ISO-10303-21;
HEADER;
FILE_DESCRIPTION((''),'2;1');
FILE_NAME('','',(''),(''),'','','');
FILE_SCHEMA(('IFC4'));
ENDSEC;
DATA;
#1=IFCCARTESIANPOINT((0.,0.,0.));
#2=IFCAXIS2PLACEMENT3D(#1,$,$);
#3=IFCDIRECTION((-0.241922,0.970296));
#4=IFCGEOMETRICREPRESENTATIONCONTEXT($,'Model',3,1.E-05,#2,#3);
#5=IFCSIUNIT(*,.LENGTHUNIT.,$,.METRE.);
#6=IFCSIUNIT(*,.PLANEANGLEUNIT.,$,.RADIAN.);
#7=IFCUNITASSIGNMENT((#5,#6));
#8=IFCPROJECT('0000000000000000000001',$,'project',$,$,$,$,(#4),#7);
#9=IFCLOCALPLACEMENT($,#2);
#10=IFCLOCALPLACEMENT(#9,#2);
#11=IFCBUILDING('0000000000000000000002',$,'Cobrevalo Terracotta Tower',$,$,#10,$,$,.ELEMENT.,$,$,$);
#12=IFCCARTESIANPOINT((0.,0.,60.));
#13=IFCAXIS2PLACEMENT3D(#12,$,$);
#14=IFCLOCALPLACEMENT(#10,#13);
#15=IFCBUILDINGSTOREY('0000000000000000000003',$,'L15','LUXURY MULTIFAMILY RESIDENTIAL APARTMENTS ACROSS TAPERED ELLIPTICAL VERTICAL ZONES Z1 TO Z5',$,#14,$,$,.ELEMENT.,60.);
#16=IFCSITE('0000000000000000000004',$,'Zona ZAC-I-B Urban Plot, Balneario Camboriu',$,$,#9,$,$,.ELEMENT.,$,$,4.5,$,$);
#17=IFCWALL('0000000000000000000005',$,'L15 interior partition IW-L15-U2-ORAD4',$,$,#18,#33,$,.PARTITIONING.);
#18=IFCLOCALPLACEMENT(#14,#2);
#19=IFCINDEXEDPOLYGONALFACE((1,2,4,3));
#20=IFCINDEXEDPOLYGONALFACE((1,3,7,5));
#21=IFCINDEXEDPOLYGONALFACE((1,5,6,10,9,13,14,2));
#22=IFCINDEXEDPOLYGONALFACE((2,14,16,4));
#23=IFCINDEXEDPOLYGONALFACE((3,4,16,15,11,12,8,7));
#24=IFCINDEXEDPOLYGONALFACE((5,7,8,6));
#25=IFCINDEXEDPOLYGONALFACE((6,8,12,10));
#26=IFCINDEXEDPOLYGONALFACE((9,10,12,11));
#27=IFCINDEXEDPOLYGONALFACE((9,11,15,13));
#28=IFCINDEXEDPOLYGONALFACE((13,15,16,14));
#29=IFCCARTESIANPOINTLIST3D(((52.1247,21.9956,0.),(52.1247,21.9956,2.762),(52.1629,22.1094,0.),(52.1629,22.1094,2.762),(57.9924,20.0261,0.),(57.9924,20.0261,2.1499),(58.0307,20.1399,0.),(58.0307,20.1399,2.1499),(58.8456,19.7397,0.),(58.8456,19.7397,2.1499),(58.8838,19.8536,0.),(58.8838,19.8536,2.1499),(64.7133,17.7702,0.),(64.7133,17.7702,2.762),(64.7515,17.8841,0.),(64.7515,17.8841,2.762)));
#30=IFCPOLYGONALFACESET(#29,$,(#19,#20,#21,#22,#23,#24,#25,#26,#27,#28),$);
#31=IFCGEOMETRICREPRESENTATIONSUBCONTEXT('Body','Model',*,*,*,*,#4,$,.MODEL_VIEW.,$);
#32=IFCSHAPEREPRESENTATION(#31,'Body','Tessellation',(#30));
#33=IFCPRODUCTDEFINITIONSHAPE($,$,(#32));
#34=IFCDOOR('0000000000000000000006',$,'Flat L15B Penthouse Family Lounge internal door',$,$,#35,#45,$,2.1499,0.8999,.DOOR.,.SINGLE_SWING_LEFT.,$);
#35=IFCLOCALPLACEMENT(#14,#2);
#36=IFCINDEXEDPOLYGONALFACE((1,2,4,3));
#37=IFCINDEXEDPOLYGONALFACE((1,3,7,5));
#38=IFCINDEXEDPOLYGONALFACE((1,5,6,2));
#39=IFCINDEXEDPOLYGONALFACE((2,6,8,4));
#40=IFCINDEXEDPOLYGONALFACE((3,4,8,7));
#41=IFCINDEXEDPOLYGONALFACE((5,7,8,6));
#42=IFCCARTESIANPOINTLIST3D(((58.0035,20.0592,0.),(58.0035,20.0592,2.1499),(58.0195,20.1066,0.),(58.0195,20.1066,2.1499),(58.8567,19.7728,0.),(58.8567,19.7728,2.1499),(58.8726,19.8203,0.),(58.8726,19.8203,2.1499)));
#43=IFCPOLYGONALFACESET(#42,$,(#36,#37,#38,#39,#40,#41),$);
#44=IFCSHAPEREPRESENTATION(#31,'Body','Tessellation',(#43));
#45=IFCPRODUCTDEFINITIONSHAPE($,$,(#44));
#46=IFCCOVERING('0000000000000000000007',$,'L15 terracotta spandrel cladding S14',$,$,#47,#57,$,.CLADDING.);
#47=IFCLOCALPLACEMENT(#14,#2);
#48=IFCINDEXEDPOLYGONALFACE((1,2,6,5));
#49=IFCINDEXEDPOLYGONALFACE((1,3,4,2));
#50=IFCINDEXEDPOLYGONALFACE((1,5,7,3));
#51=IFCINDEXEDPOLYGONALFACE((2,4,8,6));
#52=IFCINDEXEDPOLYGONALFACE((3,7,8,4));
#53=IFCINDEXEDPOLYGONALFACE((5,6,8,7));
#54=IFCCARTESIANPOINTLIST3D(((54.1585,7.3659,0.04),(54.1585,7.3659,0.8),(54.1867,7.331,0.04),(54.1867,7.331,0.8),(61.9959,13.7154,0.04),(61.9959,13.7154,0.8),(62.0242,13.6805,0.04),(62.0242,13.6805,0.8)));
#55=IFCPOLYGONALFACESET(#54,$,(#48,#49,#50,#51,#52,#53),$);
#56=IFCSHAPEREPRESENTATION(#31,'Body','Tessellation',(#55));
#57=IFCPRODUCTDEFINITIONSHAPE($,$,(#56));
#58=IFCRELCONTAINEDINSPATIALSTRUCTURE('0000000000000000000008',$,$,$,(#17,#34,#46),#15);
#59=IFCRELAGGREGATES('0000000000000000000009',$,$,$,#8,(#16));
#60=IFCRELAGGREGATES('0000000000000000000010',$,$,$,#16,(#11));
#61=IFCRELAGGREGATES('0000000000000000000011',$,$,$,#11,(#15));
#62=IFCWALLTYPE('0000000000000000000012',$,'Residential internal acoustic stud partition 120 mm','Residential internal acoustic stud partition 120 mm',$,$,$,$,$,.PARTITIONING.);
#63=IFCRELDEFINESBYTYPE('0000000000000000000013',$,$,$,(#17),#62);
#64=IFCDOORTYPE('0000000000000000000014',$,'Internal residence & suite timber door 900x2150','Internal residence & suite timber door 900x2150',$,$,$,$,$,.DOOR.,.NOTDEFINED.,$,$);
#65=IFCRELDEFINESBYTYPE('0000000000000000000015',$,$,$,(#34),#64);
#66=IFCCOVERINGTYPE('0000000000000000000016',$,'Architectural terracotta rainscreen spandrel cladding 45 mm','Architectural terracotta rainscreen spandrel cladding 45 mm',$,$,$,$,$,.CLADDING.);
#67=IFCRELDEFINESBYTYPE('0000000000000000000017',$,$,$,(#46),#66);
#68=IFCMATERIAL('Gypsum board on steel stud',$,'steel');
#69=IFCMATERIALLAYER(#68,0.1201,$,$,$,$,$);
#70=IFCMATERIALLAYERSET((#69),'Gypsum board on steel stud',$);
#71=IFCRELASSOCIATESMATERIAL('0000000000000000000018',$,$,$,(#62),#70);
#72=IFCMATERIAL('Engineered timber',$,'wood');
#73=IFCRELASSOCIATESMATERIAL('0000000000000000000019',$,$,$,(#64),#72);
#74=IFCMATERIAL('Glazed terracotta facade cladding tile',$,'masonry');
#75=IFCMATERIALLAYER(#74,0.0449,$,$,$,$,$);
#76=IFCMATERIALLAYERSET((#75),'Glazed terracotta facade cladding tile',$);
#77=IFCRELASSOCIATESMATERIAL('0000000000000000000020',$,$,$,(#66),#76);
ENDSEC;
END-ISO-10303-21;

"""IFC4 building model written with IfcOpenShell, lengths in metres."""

from ifc_helpers import new_model, si_unit, direction, frame, frame_2d, origin, origin_2d, place, context, subcontext, project, spatial, rectangle, extrude, source, transform, mapped, material, layer, layer_set, type_object, element, fill, save


model = new_model("IFC4")

# Units and contexts
model_context = context("Model", 3, precision=1e-05, world=origin(), true_north=direction((-0.241922, 0.970296)))
body_context = subcontext(model_context, "Body", "Model", "MODEL_VIEW")
ifc_project = project(units=[si_unit("LENGTHUNIT", "METRE"), si_unit("PLANEANGLEUNIT", "RADIAN")], contexts=[model_context])

# Site, building, storey
site_placement = place(None, origin())
site = spatial("IfcSite", under=ifc_project, at=site_placement, Name="Zona ZAC-I-B Urban Plot, Balneario Camboriu", CompositionType="ELEMENT", RefElevation=4.5)
building_placement = place(site_placement, origin())
building = spatial("IfcBuilding", under=site, at=building_placement, Name="Cobrevalo Terracotta Tower", CompositionType="ELEMENT")
storey_placement = place(building_placement, frame((0.0, 0.0, 60.0)))
storey = spatial("IfcBuildingStorey", under=building, at=storey_placement, Name="L15", Description="LUXURY MULTIFAMILY RESIDENTIAL APARTMENTS ACROSS TAPERED ELLIPTICAL VERTICAL ZONES Z1 TO Z5", CompositionType="ELEMENT", Elevation=60.0)

# Shared definitions
ifc_material_1 = material(Name="Gypsum board on steel stud", Category="steel")

# Wall, opening, door
ifc_layer_1 = layer(ifc_material_1, 0.1201)
ifc_layer_set_1 = layer_set([ifc_layer_1], Name="Gypsum board on steel stud")
wall_type_1 = type_object("IfcWallType", Name="Residential internal acoustic stud partition 120 mm", Description="Residential internal acoustic stud partition 120 mm", PredefinedType="PARTITIONING", material=ifc_layer_set_1)
ifc_material_2 = material(Name="Engineered timber", Category="wood")
door_type_1 = type_object("IfcDoorType", Name="Internal residence & suite timber door 900x2150", Description="Internal residence & suite timber door 900x2150", OperationType="NOTDEFINED", PredefinedType="DOOR", material=ifc_material_2)
shared_shape_1 = source(origin(), body_context, "Body", "SweptSolid", [
    extrude(rectangle(XDim=0.8999, YDim=2.1499, at=frame_2d((0.45, 1.075))), frame((0.0, 0.0249, 0.0), z_axis=(0.0, -1.0, 0.0), x_axis=(1.0, 0.0, 0.0)), (0.0, 0.0, 1.0), 0.05),
])
wall_1_placement = place(storey_placement, frame((52.1438, 22.0525, 0.0), z_axis=(0.0, 0.0, 1.0), x_axis=(0.948023, -0.318202, 0.0)))
wall_1 = element("IfcWall", 1, at=wall_1_placement, inside=storey, type_object=wall_type_1, Name="L15 interior partition IW-L15-U2-ORAD4", PredefinedType="PARTITIONING", context=body_context, shape_type="SweptSolid", body=[
    extrude(rectangle(XDim=13.2788, YDim=0.1201, at=frame_2d((6.6394, 0.0))), origin(), (0.0, 0.0, 1.0), 2.762),
])
opening_1_placement = place(wall_1_placement, frame((6.1895, 0.0, 0.0)))
opening_1 = element("IfcOpeningElement", 2, at=opening_1_placement, cuts=wall_1, PredefinedType="OPENING", context=body_context, shape_type="SweptSolid", body=[
    extrude(rectangle(XDim=0.8999, YDim=2.1499, at=frame_2d((0.45, 1.075))), frame((0.0, 0.0701, 0.0), z_axis=(0.0, -1.0, 0.0), x_axis=(1.0, 0.0, 0.0)), (0.0, 0.0, 1.0), 0.1401),
])
door_1_placement = place(opening_1_placement, origin())
door_1 = element("IfcDoor", 3, at=door_1_placement, inside=storey, type_object=door_type_1, Name="Flat L15B Penthouse Family Lounge internal door", OperationType="SINGLE_SWING_LEFT", OverallHeight=2.1499, OverallWidth=0.8999, PredefinedType="DOOR", context=body_context, shape_type="MappedRepresentation", body=[
    mapped(shared_shape_1, transform((0.0, 0.0, 0.0), scale=1.0)),
])
fill(opening_1, door_1)

# Covering
ifc_material_3 = material(Name="Glazed terracotta facade cladding tile", Category="masonry")
ifc_layer_2 = layer(ifc_material_3, 0.0449)
ifc_layer_set_2 = layer_set([ifc_layer_2], Name="Glazed terracotta facade cladding tile")
covering_type = type_object("IfcCoveringType", Name="Architectural terracotta rainscreen spandrel cladding 45 mm", Description="Architectural terracotta rainscreen spandrel cladding 45 mm", PredefinedType="CLADDING", material=ifc_layer_set_2)
shared_shape_2 = source(origin(), body_context, "Body", "SweptSolid", [
    extrude(rectangle(XDim=10.0867, YDim=0.0449, at=origin_2d()), origin(), (0.0, 0.0, 1.0), 0.76),
])
covering_placement = place(storey_placement, frame((58.0913, 10.5232, 0.04), z_axis=(0.0, 0.0, 1.0), x_axis=(0.777008, 0.629491, 0.0)))
element("IfcCovering", 4, at=covering_placement, inside=storey, type_object=covering_type, Name="L15 terracotta spandrel cladding S14", PredefinedType="CLADDING", context=body_context, shape_type="MappedRepresentation", body=[
    mapped(shared_shape_2, transform((0.0, 0.0, 0.0), scale=1.0)),
])

save(model, "model.ifc")
